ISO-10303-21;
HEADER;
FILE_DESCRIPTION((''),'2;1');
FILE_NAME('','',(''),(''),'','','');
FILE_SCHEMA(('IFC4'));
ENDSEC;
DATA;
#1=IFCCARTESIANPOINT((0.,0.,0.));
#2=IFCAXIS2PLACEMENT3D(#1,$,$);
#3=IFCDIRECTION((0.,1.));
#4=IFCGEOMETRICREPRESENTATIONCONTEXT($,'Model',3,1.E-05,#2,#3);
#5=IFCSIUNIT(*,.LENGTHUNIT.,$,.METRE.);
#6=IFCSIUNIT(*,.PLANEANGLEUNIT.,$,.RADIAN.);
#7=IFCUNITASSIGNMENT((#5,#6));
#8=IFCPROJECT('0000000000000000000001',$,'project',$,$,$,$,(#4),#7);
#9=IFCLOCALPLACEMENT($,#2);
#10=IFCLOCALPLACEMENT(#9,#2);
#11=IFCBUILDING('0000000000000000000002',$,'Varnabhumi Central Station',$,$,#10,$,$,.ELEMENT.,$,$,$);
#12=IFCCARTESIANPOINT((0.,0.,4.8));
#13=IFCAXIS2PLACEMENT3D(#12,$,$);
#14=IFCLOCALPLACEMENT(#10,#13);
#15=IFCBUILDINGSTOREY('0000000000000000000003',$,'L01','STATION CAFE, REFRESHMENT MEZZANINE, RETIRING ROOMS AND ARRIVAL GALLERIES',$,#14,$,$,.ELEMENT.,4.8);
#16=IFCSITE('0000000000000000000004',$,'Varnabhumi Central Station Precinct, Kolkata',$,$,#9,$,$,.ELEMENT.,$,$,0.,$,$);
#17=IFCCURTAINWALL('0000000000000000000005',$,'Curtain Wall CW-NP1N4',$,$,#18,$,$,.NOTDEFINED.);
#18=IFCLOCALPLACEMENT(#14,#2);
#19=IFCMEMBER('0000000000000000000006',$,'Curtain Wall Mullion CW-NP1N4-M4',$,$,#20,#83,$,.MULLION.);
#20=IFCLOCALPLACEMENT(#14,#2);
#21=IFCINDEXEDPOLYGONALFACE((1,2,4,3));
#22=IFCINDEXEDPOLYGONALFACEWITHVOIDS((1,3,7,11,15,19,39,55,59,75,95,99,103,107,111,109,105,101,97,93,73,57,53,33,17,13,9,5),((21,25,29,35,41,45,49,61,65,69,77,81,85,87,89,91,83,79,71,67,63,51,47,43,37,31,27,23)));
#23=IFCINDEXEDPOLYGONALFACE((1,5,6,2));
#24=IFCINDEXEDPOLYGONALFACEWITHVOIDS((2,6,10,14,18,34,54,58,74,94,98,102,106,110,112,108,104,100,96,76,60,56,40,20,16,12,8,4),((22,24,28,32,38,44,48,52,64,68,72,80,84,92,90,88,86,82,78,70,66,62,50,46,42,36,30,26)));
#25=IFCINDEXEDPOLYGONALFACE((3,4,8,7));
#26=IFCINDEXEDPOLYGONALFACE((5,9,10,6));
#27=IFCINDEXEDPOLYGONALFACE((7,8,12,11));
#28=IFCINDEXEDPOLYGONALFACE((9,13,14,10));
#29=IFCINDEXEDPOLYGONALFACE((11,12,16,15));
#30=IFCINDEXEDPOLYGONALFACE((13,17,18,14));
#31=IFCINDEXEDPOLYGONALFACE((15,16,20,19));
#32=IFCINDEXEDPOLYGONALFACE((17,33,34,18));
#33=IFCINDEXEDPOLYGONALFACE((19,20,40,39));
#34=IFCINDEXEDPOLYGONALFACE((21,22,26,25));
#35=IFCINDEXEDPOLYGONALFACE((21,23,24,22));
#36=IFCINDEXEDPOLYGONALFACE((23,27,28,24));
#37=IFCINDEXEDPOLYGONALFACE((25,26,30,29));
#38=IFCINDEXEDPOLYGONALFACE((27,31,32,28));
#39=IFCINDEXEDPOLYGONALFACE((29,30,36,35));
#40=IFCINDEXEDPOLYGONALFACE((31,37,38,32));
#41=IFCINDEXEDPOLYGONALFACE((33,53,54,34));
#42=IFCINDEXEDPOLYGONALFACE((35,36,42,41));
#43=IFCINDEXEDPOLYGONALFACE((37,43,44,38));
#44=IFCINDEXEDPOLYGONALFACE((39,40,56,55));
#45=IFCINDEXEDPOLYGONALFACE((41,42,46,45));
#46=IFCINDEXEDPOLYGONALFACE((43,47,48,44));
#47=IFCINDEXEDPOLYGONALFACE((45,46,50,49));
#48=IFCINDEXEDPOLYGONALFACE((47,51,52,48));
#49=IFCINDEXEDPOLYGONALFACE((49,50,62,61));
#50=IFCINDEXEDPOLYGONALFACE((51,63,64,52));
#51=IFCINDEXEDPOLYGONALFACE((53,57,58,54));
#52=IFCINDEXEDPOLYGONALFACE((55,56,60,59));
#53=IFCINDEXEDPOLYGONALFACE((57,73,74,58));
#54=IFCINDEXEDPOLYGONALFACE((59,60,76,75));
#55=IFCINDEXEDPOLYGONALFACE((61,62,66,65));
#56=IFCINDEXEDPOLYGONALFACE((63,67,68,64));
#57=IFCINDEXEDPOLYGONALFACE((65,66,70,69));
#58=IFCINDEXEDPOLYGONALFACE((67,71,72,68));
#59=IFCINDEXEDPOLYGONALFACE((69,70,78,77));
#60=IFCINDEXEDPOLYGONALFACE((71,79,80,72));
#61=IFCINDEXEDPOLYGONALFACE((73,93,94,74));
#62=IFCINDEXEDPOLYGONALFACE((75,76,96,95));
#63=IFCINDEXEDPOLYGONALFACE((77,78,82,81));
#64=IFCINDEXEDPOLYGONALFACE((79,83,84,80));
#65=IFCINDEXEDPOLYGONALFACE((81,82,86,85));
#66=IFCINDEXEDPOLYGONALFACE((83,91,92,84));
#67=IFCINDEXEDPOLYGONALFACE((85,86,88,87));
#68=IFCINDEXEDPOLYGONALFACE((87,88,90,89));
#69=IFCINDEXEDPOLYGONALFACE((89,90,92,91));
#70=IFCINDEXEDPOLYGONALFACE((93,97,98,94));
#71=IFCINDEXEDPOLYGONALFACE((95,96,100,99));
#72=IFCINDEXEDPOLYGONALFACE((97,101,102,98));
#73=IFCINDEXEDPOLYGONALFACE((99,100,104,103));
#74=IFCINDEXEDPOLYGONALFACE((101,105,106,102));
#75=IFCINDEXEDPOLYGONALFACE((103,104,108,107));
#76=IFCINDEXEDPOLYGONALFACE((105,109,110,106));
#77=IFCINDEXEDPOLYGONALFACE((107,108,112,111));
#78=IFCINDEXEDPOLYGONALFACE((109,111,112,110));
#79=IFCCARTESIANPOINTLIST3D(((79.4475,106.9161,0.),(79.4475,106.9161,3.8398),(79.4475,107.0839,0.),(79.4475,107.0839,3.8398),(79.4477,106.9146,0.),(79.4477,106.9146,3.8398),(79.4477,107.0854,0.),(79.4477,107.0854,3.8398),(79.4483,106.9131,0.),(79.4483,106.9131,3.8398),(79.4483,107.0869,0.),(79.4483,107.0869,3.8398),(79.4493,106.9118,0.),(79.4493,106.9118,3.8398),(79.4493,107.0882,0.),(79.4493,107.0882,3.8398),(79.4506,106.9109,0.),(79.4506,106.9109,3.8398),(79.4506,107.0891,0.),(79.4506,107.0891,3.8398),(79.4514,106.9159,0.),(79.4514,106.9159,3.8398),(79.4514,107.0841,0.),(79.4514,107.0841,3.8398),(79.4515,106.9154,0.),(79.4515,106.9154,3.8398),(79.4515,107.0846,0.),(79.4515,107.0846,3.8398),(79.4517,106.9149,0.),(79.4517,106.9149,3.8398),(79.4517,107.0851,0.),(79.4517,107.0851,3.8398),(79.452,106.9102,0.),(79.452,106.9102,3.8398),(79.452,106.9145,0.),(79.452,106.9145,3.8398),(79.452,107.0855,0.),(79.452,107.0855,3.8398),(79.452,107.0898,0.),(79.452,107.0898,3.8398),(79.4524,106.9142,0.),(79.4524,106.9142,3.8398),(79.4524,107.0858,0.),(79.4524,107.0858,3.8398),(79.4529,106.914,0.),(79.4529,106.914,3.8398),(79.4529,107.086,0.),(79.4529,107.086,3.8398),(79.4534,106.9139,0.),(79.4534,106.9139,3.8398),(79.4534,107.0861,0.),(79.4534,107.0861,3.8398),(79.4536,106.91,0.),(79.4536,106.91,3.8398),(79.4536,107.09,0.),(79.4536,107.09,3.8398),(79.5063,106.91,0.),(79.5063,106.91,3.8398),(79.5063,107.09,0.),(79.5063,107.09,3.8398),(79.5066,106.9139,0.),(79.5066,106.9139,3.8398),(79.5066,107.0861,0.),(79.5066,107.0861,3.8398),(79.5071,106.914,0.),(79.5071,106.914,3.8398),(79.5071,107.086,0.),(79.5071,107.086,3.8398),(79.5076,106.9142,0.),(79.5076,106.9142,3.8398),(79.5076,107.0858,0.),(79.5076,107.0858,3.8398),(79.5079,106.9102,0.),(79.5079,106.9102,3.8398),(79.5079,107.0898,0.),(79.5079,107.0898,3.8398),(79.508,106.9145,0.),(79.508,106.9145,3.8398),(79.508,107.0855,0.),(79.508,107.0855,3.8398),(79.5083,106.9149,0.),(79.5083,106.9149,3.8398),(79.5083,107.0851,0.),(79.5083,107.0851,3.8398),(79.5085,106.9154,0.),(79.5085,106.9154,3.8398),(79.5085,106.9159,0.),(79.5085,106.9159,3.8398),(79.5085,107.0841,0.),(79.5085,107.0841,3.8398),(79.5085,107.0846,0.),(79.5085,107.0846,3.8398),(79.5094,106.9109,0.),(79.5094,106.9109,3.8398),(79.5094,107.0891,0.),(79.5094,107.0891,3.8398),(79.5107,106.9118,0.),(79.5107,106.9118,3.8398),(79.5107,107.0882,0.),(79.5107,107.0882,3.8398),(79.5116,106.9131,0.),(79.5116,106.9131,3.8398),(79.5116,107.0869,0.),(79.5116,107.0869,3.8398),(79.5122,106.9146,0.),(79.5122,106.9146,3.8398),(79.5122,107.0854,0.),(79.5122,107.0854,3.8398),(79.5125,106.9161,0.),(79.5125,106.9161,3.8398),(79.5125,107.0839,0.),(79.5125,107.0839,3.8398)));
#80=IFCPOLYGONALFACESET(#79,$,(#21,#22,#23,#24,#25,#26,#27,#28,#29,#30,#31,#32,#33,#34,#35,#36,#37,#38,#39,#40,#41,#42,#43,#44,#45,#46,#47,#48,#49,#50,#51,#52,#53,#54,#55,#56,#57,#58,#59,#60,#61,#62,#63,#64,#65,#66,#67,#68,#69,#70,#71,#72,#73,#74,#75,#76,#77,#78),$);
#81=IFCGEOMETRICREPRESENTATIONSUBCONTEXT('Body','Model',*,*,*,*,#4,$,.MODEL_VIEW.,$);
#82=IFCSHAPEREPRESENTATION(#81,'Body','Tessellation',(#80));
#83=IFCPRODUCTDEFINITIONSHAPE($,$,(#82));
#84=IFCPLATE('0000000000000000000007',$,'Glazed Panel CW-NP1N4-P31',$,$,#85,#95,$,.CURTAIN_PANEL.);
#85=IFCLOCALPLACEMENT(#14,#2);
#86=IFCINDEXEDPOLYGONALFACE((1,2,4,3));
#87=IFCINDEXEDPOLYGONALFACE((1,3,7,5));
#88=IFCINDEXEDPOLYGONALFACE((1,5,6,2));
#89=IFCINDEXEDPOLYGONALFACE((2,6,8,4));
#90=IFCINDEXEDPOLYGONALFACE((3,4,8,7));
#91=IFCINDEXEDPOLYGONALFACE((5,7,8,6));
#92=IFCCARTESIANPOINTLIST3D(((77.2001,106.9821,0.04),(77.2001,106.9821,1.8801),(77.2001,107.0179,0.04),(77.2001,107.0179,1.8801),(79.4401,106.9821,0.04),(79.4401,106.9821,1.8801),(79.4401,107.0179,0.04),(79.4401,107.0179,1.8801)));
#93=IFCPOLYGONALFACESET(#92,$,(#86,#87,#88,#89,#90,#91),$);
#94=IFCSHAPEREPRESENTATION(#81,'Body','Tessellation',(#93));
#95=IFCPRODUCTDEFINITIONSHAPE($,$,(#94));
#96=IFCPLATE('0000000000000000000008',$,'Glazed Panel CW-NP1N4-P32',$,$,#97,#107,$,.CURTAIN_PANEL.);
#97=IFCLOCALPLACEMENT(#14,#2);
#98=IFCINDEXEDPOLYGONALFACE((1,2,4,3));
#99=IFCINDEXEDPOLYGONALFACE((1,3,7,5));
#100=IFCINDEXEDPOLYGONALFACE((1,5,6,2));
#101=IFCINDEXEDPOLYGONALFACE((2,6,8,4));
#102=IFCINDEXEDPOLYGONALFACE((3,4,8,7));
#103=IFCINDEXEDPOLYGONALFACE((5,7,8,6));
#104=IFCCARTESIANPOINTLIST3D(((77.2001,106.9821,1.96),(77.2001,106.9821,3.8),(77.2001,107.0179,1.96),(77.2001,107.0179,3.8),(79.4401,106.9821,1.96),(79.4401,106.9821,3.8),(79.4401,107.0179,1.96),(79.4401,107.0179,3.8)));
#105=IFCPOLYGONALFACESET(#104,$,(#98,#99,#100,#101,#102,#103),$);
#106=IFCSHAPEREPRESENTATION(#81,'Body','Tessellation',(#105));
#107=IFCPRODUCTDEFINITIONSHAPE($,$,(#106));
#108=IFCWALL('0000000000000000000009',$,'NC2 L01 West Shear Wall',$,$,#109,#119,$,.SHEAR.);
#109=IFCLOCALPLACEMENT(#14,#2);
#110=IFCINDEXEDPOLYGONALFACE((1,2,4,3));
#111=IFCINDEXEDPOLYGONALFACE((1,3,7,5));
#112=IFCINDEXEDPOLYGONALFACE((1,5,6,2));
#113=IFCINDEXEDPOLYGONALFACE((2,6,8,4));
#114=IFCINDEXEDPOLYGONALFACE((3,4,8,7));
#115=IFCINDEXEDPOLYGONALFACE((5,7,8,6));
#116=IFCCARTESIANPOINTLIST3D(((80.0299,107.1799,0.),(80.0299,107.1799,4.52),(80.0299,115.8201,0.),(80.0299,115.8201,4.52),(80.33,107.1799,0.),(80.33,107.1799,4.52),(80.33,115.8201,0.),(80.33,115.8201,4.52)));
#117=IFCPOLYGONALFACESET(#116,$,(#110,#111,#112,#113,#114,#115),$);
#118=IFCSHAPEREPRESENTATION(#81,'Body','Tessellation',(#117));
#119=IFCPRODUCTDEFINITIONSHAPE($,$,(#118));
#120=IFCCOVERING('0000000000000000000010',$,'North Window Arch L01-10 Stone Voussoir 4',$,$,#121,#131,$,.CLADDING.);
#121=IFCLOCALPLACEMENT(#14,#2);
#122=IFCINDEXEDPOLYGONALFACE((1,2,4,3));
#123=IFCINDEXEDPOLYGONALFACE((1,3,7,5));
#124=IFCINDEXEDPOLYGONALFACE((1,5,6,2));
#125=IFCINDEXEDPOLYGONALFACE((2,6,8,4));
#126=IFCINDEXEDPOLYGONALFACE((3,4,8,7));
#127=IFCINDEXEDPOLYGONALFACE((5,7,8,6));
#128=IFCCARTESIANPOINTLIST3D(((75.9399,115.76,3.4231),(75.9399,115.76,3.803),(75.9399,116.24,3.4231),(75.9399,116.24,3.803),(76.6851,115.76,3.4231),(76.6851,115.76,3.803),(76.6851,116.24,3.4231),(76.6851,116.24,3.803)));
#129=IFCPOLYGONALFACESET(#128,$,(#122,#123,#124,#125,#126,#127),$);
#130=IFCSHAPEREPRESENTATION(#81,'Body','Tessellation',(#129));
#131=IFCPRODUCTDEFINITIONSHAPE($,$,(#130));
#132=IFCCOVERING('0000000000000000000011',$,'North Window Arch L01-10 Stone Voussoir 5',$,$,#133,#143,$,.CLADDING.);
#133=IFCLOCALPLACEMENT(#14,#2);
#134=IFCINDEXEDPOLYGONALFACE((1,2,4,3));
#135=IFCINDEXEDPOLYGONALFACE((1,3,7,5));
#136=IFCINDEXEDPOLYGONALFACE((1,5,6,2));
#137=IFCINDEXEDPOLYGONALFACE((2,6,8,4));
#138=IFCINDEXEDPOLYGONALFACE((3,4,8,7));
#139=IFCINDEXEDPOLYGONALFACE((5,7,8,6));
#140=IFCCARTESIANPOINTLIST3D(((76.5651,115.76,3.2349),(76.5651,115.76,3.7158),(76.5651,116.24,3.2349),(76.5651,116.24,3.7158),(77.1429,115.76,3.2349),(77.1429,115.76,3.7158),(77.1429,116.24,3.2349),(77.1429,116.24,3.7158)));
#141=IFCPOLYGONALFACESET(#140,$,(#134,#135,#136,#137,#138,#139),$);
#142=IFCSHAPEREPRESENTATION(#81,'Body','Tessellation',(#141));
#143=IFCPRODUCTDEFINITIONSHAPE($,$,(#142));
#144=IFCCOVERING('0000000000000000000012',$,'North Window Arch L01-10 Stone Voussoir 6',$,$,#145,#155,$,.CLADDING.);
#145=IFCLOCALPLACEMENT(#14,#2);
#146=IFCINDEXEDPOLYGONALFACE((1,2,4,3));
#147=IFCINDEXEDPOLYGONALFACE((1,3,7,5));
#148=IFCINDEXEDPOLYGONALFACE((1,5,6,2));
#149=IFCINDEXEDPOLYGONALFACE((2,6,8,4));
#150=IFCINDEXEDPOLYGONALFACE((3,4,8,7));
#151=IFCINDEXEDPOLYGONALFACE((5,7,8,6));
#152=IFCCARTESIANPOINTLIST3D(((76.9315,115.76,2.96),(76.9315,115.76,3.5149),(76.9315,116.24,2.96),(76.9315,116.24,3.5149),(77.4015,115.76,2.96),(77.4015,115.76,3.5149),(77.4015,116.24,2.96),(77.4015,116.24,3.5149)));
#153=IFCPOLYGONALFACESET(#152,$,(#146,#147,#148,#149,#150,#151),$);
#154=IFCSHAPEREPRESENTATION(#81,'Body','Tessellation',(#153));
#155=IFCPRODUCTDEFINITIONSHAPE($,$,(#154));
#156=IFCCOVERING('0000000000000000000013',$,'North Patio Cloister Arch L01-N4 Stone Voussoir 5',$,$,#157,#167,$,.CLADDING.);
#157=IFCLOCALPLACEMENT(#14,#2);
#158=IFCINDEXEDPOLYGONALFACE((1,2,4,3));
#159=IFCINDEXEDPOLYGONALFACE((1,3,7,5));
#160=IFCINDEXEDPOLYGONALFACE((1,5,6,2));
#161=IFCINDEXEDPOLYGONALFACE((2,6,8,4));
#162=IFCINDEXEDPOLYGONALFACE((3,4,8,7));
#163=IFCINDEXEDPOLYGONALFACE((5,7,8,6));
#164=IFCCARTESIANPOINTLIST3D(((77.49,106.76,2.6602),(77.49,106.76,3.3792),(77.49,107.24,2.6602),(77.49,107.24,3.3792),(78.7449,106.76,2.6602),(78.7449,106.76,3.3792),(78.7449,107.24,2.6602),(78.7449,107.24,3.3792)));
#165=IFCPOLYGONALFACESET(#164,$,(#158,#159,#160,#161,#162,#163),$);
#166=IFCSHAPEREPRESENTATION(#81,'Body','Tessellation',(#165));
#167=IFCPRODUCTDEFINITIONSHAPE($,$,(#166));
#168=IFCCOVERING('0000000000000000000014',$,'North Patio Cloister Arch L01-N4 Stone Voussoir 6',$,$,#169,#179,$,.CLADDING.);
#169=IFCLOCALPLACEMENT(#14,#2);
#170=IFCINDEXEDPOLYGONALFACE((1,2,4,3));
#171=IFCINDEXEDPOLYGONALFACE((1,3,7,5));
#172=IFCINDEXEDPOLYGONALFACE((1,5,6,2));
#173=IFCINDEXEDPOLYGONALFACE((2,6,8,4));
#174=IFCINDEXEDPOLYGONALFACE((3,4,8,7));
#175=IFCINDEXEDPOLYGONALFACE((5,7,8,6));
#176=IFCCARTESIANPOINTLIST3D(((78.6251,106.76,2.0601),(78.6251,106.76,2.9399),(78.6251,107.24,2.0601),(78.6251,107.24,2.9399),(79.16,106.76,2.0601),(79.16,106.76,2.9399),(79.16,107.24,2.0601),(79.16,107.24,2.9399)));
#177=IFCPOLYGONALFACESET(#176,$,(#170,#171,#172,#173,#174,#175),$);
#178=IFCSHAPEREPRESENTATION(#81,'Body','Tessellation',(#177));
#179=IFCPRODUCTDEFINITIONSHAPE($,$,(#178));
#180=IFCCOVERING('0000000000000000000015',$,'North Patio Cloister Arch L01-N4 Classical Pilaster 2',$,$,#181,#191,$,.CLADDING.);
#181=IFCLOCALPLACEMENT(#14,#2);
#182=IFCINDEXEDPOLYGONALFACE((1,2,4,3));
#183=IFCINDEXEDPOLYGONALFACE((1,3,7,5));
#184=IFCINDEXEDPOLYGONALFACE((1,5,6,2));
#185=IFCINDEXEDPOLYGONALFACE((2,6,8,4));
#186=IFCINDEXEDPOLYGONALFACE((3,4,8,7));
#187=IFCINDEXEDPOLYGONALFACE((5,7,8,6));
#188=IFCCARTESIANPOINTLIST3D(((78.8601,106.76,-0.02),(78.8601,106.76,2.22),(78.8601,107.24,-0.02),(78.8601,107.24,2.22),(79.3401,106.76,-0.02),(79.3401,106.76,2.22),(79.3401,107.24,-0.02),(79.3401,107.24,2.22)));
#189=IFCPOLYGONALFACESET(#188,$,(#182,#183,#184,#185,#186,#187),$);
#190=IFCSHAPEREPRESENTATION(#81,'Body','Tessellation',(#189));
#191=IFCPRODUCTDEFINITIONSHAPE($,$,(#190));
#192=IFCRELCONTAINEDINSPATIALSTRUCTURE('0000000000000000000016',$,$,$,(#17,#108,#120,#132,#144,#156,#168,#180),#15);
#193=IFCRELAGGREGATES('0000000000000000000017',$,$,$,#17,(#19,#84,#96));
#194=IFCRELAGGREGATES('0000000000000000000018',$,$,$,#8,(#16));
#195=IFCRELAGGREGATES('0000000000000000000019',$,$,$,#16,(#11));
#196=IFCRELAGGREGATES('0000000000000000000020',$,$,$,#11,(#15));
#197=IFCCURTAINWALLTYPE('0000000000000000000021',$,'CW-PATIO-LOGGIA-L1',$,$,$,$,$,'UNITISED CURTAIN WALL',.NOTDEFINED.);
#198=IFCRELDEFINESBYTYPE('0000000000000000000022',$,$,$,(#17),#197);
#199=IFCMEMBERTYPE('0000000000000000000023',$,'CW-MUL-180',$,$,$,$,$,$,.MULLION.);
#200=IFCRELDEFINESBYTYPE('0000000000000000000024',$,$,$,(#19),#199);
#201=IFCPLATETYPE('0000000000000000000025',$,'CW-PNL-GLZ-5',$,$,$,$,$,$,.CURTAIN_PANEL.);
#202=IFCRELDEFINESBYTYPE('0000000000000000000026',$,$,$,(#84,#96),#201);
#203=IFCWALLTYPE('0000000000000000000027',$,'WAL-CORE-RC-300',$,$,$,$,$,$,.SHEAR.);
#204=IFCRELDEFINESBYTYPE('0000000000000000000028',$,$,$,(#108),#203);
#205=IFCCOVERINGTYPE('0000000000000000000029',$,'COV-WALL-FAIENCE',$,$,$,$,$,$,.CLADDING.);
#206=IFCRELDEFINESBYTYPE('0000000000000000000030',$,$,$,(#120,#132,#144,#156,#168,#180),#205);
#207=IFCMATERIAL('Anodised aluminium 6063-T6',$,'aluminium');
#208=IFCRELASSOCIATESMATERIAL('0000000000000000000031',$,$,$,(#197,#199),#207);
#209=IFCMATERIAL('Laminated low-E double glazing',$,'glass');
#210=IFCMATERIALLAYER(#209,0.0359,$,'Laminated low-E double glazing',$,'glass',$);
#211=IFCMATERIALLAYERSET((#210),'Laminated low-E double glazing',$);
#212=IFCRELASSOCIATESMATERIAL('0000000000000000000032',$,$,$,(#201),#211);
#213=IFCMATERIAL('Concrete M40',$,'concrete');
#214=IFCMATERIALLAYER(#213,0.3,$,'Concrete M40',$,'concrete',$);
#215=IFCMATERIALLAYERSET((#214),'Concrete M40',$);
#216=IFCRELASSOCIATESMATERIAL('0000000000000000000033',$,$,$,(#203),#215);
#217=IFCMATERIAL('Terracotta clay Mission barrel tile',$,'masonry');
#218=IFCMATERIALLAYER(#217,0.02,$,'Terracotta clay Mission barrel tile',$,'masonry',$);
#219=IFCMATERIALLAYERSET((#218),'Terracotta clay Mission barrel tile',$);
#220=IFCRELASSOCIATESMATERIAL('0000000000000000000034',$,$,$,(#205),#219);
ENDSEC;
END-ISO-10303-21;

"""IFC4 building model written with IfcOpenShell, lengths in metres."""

from ifc_helpers import new_model, si_unit, direction, frame, frame_2d, origin, origin_2d, place, context, subcontext, project, spatial, rectangle, hollow_rectangle, extrude, material, layer, layer_set, material_profile, profile_set, type_object, element, aggregate, save


model = new_model("IFC4")

# Units and contexts
model_context = context("Model", 3, precision=1e-05, world=origin(), true_north=direction((0.0, 1.0)))
body_context = subcontext(model_context, "Body", "Model", "MODEL_VIEW")
ifc_project = project(units=[si_unit("LENGTHUNIT", "METRE"), si_unit("PLANEANGLEUNIT", "RADIAN")], contexts=[model_context])

# Site, building, storey
site_placement = place(None, origin())
site = spatial("IfcSite", under=ifc_project, at=site_placement, Name="Varnabhumi Central Station Precinct, Kolkata", CompositionType="ELEMENT", RefElevation=0.0)
building_placement = place(site_placement, origin())
building = spatial("IfcBuilding", under=site, at=building_placement, Name="Varnabhumi Central Station", CompositionType="ELEMENT")
storey_placement = place(building_placement, frame((0.0, 0.0, 4.8)))
storey = spatial("IfcBuildingStorey", under=building, at=storey_placement, Name="L01", Description="STATION CAFE, REFRESHMENT MEZZANINE, RETIRING ROOMS AND ARRIVAL GALLERIES", CompositionType="ELEMENT", Elevation=4.8)

# Shared definitions
ifc_material_1 = material(Name="Concrete M40", Category="concrete")

# Curtain wall, member, plates
ifc_material_2 = material(Name="Anodised aluminium 6063-T6", Category="aluminium")
curtain_wall_type = type_object("IfcCurtainWallType", Name="CW-PATIO-LOGGIA-L1", ElementType="UNITISED CURTAIN WALL", PredefinedType="NOTDEFINED", material=ifc_material_2)
curtain_wall_placement = place(storey_placement, origin())
curtain_wall = element("IfcCurtainWall", 1, at=curtain_wall_placement, inside=storey, type_object=curtain_wall_type, Name="Curtain Wall CW-NP1N4", PredefinedType="NOTDEFINED")
ifc_material_profile_1 = material_profile(ifc_material_2, hollow_rectangle(XDim=0.0649, YDim=0.1799, WallThickness=0.0039, InnerFilletRadius=0.002, OuterFilletRadius=0.0061, at=origin_2d()), Name="Anodised aluminium 6063-T6", Category="aluminium")
ifc_profile_set_1 = profile_set([ifc_material_profile_1], Name="Anodised aluminium 6063-T6")
member_type = type_object("IfcMemberType", Name="CW-MUL-180", PredefinedType="MULLION", material=ifc_profile_set_1)
member_placement = place(storey_placement, frame((79.48, 107.0, 0.0), z_axis=(0.0, 0.0, 1.0), x_axis=(1.0, 0.0, 0.0)))
member = element("IfcMember", 2, at=member_placement, type_object=member_type, Name="Curtain Wall Mullion CW-NP1N4-M4", PredefinedType="MULLION", context=body_context, shape_type="SweptSolid", body=[
    extrude(hollow_rectangle(XDim=0.0649, YDim=0.1799, WallThickness=0.0039, InnerFilletRadius=0.002, OuterFilletRadius=0.0061, at=origin_2d()), origin(), (0.0, 0.0, 1.0), 3.8398),
])
ifc_material_3 = material(Name="Laminated low-E double glazing", Category="glass")
ifc_layer_1 = layer(ifc_material_3, 0.0359, Name="Laminated low-E double glazing", Category="glass")
ifc_layer_set_1 = layer_set([ifc_layer_1], Name="Laminated low-E double glazing")
plate_type = type_object("IfcPlateType", Name="CW-PNL-GLZ-5", PredefinedType="CURTAIN_PANEL", material=ifc_layer_set_1)
plate_1_placement = place(storey_placement, frame((78.3201, 107.0, 0.04), z_axis=(0.0, 0.0, 1.0), x_axis=(1.0, 0.0, 0.0)))
plate_1 = element("IfcPlate", 3, at=plate_1_placement, type_object=plate_type, Name="Glazed Panel CW-NP1N4-P31", PredefinedType="CURTAIN_PANEL", context=body_context, shape_type="SweptSolid", body=[
    extrude(rectangle(XDim=2.24, YDim=0.0359, at=origin_2d()), origin(), (0.0, 0.0, 1.0), 1.8401),
])
plate_2_placement = place(storey_placement, frame((78.3201, 107.0, 1.96), z_axis=(0.0, 0.0, 1.0), x_axis=(1.0, 0.0, 0.0)))
plate_2 = element("IfcPlate", 4, at=plate_2_placement, type_object=plate_type, Name="Glazed Panel CW-NP1N4-P32", PredefinedType="CURTAIN_PANEL", context=body_context, shape_type="SweptSolid", body=[
    extrude(rectangle(XDim=2.24, YDim=0.0359, at=origin_2d()), origin(), (0.0, 0.0, 1.0), 1.8401),
])
aggregate(curtain_wall, [member, plate_1, plate_2])

# Wall
ifc_layer_2 = layer(ifc_material_1, 0.3, Name="Concrete M40", Category="concrete")
ifc_layer_set_2 = layer_set([ifc_layer_2], Name="Concrete M40")
wall_type = type_object("IfcWallType", Name="WAL-CORE-RC-300", PredefinedType="SHEAR", material=ifc_layer_set_2)
wall_1_placement = place(storey_placement, frame((80.1799, 107.1799, 0.0), z_axis=(0.0, 0.0, 1.0), x_axis=(0.0, 1.0, 0.0)))
element("IfcWall", 5, at=wall_1_placement, inside=storey, type_object=wall_type, Name="NC2 L01 West Shear Wall", PredefinedType="SHEAR", context=body_context, shape_type="SweptSolid", body=[
    extrude(rectangle(XDim=8.6401, YDim=0.3, at=frame_2d((4.3201, 0.0))), origin(), (0.0, 0.0, 1.0), 4.52),
])

# Coverings
ifc_material_4 = material(Name="Terracotta clay Mission barrel tile", Category="masonry")
ifc_layer_3 = layer(ifc_material_4, 0.02, Name="Terracotta clay Mission barrel tile", Category="masonry")
ifc_layer_set_3 = layer_set([ifc_layer_3], Name="Terracotta clay Mission barrel tile")
covering_type = type_object("IfcCoveringType", Name="COV-WALL-FAIENCE", PredefinedType="CLADDING", material=ifc_layer_set_3)
covering_1_placement = place(storey_placement, frame((76.3125, 116.0, 3.4231), z_axis=(0.0, 0.0, 1.0), x_axis=(1.0, 0.0, 0.0)))
element("IfcCovering", 6, at=covering_1_placement, inside=storey, type_object=covering_type, Name="North Window Arch L01-10 Stone Voussoir 4", PredefinedType="CLADDING", context=body_context, shape_type="SweptSolid", body=[
    extrude(rectangle(XDim=0.7451, YDim=0.48, at=origin_2d()), origin(), (0.0, 0.0, 1.0), 0.3799),
])
covering_2_placement = place(storey_placement, frame((76.854, 116.0, 3.2349), z_axis=(0.0, 0.0, 1.0), x_axis=(1.0, 0.0, 0.0)))
element("IfcCovering", 7, at=covering_2_placement, inside=storey, type_object=covering_type, Name="North Window Arch L01-10 Stone Voussoir 5", PredefinedType="CLADDING", context=body_context, shape_type="SweptSolid", body=[
    extrude(rectangle(XDim=0.5779, YDim=0.48, at=origin_2d()), origin(), (0.0, 0.0, 1.0), 0.481),
])
covering_3_placement = place(storey_placement, frame((77.1665, 116.0, 2.96), z_axis=(0.0, 0.0, 1.0), x_axis=(1.0, 0.0, 0.0)))
element("IfcCovering", 8, at=covering_3_placement, inside=storey, type_object=covering_type, Name="North Window Arch L01-10 Stone Voussoir 6", PredefinedType="CLADDING", context=body_context, shape_type="SweptSolid", body=[
    extrude(rectangle(XDim=0.47, YDim=0.48, at=origin_2d()), origin(), (0.0, 0.0, 1.0), 0.5549),
])
covering_4_placement = place(storey_placement, frame((78.1174, 107.0, 2.6602), z_axis=(0.0, 0.0, 1.0), x_axis=(1.0, 0.0, 0.0)))
element("IfcCovering", 9, at=covering_4_placement, inside=storey, type_object=covering_type, Name="North Patio Cloister Arch L01-N4 Stone Voussoir 5", PredefinedType="CLADDING", context=body_context, shape_type="SweptSolid", body=[
    extrude(rectangle(XDim=1.2549, YDim=0.48, at=origin_2d()), origin(), (0.0, 0.0, 1.0), 0.719),
])
covering_5_placement = place(storey_placement, frame((78.8926, 107.0, 2.0601), z_axis=(0.0, 0.0, 1.0), x_axis=(1.0, 0.0, 0.0)))
element("IfcCovering", 10, at=covering_5_placement, inside=storey, type_object=covering_type, Name="North Patio Cloister Arch L01-N4 Stone Voussoir 6", PredefinedType="CLADDING", context=body_context, shape_type="SweptSolid", body=[
    extrude(rectangle(XDim=0.5349, YDim=0.48, at=origin_2d()), origin(), (0.0, 0.0, 1.0), 0.8799),
])
covering_6_placement = place(storey_placement, frame((79.1001, 107.0, -0.02), z_axis=(0.0, 0.0, 1.0), x_axis=(1.0, 0.0, 0.0)))
element("IfcCovering", 11, at=covering_6_placement, inside=storey, type_object=covering_type, Name="North Patio Cloister Arch L01-N4 Classical Pilaster 2", PredefinedType="CLADDING", context=body_context, shape_type="SweptSolid", body=[
    extrude(rectangle(XDim=0.48, YDim=0.48, at=origin_2d()), origin(), (0.0, 0.0, 1.0), 2.24),
])

save(model, "model.ifc")
